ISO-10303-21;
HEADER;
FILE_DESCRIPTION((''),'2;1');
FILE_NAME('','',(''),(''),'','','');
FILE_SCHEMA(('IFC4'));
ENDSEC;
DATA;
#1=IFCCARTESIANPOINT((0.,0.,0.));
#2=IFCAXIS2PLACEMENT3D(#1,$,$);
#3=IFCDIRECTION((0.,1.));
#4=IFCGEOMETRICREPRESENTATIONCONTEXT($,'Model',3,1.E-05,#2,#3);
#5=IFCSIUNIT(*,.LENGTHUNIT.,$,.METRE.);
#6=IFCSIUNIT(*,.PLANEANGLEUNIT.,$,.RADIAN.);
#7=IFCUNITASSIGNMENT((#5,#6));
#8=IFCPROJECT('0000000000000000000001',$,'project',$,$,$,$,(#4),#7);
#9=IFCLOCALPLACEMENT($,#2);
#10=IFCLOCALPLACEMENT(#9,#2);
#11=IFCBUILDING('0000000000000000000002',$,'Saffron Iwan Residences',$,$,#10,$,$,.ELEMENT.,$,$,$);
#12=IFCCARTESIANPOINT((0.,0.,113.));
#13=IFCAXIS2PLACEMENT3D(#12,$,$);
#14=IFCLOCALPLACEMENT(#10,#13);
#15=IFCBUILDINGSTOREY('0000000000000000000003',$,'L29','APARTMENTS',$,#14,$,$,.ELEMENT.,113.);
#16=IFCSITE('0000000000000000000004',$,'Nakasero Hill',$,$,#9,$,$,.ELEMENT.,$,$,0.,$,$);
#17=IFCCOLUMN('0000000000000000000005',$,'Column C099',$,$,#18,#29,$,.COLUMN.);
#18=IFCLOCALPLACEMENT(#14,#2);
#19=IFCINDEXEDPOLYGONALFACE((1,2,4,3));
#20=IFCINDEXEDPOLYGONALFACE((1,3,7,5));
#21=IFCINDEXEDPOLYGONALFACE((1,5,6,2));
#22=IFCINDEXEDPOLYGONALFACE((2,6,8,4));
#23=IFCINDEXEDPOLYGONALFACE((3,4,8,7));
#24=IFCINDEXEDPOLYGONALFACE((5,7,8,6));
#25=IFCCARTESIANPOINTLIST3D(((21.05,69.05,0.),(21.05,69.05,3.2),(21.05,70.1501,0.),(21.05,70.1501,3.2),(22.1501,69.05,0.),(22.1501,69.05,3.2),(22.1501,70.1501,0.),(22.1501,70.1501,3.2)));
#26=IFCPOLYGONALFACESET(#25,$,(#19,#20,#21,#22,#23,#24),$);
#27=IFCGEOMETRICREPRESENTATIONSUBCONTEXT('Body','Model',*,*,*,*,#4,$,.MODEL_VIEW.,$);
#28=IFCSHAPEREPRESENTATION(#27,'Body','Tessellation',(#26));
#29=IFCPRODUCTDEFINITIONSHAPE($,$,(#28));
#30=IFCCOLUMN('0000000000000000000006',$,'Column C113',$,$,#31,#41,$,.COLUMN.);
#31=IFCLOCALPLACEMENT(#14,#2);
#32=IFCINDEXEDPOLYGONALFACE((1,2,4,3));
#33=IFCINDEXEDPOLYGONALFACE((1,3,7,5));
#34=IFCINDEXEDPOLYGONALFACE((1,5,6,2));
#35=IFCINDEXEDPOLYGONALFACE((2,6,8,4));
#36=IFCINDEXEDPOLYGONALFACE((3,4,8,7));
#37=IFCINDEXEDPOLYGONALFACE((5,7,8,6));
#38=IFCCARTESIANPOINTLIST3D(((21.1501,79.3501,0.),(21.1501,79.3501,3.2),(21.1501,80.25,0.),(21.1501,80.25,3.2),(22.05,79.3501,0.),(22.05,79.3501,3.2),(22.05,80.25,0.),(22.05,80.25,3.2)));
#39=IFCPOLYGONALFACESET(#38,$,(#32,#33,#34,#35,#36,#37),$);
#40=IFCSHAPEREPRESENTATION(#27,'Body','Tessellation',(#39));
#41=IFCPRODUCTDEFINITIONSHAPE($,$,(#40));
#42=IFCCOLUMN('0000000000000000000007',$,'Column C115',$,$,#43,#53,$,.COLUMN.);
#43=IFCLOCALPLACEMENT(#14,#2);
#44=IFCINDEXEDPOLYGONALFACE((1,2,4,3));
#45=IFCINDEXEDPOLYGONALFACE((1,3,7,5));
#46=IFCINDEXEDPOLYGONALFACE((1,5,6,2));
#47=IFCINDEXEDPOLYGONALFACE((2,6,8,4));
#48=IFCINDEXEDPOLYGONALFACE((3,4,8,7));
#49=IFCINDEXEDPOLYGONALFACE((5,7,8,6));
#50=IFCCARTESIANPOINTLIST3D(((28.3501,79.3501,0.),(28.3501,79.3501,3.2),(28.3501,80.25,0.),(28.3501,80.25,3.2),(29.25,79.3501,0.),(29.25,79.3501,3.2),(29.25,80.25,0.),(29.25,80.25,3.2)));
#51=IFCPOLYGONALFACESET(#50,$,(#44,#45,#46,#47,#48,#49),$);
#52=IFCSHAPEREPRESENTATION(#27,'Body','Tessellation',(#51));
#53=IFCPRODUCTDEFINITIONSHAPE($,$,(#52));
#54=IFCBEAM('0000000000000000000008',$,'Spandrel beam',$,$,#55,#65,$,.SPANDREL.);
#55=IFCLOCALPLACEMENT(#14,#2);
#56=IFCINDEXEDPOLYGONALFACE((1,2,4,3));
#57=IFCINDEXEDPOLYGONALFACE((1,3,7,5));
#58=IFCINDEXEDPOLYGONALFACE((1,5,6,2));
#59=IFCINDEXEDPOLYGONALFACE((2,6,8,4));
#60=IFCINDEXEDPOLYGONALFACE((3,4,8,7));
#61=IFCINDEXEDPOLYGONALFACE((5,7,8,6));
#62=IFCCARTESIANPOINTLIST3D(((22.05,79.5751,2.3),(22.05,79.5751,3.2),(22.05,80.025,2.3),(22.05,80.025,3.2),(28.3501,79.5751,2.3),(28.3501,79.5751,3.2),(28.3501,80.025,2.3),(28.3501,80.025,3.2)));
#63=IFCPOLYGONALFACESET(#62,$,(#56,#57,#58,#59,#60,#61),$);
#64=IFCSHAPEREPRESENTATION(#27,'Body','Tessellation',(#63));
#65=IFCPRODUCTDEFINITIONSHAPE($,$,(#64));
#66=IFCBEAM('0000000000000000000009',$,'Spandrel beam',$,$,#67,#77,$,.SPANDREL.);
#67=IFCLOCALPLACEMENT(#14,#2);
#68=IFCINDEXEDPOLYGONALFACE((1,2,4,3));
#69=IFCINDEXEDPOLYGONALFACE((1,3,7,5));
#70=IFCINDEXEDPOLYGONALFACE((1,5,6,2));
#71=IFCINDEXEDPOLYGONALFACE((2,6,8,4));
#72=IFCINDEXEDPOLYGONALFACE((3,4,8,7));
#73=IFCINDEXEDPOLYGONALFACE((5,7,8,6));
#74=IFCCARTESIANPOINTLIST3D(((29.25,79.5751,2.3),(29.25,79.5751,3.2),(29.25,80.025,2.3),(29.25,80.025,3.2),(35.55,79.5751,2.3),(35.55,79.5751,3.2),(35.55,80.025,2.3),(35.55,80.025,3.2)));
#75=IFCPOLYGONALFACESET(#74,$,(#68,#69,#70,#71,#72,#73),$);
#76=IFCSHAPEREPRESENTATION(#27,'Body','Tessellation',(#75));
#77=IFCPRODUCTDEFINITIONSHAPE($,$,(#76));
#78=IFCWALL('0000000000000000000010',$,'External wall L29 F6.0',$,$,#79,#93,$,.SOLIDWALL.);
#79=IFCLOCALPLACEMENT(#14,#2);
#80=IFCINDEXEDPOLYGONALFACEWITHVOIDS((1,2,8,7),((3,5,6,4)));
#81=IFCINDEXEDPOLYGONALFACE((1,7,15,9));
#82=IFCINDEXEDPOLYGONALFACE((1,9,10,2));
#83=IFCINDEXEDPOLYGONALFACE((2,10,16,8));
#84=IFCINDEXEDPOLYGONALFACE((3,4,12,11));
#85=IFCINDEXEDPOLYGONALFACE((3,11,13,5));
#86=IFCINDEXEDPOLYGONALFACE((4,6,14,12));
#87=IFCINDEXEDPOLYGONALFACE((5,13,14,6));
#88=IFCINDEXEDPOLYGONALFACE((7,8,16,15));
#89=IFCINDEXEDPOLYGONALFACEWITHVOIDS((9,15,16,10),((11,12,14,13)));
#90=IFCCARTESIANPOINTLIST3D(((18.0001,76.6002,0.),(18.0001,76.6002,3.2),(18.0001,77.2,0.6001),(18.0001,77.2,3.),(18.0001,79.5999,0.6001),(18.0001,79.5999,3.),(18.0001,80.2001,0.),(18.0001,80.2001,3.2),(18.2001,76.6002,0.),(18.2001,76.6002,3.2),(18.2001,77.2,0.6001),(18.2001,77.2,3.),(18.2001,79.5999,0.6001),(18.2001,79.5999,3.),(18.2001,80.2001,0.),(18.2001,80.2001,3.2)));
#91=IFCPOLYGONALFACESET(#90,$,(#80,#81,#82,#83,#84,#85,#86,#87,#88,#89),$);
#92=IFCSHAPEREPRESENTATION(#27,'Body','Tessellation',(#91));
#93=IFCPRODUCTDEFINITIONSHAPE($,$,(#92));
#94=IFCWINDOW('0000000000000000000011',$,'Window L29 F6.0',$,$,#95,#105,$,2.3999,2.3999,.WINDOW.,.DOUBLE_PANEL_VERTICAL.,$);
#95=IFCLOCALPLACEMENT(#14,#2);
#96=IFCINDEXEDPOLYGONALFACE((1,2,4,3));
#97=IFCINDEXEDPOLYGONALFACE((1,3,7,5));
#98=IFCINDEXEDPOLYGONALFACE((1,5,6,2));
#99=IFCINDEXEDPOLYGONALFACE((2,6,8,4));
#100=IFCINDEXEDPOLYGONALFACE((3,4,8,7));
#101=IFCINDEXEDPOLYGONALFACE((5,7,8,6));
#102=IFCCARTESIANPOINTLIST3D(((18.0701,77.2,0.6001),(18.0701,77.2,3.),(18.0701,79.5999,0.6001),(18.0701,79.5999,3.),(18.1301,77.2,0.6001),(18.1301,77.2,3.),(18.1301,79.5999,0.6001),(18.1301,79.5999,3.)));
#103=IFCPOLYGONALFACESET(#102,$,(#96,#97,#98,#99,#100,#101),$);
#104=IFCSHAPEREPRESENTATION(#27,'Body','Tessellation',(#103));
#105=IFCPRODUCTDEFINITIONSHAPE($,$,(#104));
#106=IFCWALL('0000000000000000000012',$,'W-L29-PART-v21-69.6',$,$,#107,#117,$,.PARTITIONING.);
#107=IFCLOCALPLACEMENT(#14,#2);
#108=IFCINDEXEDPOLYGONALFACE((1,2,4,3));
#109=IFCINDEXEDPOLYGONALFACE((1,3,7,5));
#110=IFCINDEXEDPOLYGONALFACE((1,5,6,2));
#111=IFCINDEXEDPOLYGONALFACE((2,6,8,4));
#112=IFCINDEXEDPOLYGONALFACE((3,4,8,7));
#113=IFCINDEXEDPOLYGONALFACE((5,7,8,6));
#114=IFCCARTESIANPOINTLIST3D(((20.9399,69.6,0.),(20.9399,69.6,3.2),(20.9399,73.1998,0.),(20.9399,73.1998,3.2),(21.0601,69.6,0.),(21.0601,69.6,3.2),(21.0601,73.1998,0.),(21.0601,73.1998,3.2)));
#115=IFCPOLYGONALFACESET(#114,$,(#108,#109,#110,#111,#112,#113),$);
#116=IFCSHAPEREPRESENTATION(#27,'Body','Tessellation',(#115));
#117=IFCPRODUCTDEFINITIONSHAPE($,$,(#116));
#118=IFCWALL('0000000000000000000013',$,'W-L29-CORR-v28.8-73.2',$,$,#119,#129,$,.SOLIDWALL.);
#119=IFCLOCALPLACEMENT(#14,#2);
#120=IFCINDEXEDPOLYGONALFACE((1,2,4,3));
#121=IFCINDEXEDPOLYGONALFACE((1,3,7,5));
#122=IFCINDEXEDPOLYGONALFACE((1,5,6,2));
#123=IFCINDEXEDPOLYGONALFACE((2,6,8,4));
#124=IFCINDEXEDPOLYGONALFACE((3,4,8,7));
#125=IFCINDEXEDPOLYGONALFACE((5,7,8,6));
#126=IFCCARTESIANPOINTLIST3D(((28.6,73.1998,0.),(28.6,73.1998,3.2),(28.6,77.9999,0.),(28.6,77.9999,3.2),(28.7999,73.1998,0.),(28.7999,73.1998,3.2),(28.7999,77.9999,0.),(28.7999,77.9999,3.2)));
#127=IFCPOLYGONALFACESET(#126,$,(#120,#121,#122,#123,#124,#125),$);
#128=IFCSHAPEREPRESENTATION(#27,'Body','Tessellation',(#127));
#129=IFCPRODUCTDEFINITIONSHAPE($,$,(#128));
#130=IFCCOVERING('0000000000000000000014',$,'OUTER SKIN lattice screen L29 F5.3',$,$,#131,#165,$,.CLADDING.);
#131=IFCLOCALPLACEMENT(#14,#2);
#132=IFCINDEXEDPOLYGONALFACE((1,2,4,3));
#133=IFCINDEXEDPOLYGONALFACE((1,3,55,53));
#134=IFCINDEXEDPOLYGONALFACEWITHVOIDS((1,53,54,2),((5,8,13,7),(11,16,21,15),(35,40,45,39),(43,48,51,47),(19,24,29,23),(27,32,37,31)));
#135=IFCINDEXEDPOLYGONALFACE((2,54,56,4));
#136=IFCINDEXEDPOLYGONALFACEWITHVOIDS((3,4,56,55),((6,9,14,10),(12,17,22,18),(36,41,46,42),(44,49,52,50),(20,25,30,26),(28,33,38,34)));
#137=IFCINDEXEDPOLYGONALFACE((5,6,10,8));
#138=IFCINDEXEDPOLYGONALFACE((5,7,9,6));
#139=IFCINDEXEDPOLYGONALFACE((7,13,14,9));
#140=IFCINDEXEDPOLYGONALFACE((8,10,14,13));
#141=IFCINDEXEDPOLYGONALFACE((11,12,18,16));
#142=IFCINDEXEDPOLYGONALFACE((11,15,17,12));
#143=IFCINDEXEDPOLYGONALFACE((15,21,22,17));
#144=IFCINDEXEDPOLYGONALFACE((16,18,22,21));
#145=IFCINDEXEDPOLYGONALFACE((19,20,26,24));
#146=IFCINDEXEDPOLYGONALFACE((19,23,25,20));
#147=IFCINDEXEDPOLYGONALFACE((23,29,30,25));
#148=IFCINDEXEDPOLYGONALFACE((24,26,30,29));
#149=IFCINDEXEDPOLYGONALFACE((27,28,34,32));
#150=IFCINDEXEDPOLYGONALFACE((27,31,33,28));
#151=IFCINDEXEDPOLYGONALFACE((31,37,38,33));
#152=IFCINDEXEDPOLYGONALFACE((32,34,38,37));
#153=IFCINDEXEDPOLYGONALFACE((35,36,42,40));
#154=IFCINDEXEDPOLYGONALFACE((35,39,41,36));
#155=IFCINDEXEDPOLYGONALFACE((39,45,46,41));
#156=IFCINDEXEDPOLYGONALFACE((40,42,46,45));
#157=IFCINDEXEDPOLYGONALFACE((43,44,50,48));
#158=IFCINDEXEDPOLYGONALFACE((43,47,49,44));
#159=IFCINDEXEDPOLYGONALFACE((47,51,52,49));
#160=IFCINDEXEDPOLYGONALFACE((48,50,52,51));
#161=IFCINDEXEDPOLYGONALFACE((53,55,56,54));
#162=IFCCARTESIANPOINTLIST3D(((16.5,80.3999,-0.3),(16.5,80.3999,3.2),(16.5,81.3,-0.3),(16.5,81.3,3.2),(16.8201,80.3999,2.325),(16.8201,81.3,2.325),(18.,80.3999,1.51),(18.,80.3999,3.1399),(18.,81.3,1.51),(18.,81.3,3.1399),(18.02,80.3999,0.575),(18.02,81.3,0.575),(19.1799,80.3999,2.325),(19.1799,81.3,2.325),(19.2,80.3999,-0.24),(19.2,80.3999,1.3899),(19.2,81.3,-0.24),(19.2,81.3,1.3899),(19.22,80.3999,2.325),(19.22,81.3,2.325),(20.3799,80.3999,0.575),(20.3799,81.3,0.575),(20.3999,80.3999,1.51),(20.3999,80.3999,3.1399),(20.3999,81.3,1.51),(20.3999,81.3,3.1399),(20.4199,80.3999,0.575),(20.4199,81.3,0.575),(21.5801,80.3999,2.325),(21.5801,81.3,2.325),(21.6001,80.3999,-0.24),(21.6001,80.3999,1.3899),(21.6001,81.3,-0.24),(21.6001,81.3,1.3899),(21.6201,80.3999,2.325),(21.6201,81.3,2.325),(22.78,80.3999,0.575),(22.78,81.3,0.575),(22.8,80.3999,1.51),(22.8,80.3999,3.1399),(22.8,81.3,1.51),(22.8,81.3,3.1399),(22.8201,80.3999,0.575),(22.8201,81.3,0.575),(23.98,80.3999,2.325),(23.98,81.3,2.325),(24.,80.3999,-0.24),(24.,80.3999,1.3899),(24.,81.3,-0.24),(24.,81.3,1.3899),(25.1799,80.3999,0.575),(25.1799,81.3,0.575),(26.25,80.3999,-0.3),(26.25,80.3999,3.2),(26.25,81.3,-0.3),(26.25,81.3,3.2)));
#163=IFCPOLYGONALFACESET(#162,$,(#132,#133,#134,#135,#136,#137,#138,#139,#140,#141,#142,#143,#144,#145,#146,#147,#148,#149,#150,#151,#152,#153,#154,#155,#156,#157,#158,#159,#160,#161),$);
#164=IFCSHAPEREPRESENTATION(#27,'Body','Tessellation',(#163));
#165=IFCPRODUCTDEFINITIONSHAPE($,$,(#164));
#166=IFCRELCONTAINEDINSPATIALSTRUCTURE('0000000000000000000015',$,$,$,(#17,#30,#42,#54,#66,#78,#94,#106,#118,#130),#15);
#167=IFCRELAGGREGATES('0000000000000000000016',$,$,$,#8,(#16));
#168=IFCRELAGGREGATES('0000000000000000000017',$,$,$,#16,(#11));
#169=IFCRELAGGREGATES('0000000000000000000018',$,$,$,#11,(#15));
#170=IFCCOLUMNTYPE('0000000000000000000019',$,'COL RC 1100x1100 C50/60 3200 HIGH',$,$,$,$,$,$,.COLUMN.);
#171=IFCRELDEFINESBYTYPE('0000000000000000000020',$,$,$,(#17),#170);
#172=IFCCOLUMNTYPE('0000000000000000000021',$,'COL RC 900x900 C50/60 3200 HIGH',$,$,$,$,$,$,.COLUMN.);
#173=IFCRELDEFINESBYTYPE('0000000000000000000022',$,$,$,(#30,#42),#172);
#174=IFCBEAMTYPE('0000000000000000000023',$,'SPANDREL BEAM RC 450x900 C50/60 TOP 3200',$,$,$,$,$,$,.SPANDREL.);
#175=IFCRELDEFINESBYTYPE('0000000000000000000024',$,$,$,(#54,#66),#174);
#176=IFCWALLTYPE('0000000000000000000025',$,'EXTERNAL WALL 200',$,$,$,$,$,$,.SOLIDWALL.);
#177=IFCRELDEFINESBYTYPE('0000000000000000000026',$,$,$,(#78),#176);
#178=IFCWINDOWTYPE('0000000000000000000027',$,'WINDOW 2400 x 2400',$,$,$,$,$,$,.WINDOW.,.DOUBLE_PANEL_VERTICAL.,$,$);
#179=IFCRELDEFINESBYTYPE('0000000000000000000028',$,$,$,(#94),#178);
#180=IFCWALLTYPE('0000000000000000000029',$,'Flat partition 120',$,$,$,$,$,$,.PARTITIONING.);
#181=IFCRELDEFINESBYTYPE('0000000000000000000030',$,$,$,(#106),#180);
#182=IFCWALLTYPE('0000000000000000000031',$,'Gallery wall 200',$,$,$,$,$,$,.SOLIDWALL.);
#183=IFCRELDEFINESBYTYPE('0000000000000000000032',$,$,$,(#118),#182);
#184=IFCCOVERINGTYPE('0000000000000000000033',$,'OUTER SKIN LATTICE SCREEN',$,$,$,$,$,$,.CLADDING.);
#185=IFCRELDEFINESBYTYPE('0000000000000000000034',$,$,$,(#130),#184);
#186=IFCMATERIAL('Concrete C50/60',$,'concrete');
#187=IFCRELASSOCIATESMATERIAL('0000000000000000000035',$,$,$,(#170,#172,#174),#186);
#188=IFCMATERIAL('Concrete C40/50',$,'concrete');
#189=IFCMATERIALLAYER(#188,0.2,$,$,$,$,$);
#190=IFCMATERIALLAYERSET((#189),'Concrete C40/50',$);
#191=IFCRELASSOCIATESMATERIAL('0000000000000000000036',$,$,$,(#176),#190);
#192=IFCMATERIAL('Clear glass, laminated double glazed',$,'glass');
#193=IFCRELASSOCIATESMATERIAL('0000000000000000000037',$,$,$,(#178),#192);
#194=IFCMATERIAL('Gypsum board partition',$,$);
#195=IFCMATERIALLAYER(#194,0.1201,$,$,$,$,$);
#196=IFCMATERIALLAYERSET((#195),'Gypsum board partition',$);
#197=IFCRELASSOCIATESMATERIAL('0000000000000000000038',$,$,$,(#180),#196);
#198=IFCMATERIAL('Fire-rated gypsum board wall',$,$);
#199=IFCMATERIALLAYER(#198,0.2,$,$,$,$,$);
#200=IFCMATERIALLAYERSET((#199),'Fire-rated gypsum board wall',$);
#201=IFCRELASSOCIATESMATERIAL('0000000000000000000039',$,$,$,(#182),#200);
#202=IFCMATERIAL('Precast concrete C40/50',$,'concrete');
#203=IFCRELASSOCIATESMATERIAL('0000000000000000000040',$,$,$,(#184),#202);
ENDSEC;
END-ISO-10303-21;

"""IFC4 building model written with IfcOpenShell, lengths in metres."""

from ifc_helpers import new_model, si_unit, direction, frame, frame_2d, origin, origin_2d, place, context, subcontext, project, spatial, polyline, rectangle, outline, extrude, source, transform, mapped, material, layer, layer_set, material_profile, profile_set, type_object, element, fill, save


model = new_model("IFC4")

# Units and contexts
model_context = context("Model", 3, precision=1e-05, world=origin(), true_north=direction((0.0, 1.0)))
body_context = subcontext(model_context, "Body", "Model", "MODEL_VIEW")
ifc_project = project(units=[si_unit("LENGTHUNIT", "METRE"), si_unit("PLANEANGLEUNIT", "RADIAN")], contexts=[model_context])

# Site, building, storey
site_placement = place(None, origin())
site = spatial("IfcSite", under=ifc_project, at=site_placement, Name="Nakasero Hill", CompositionType="ELEMENT", RefElevation=0.0)
building_placement = place(site_placement, origin())
building = spatial("IfcBuilding", under=site, at=building_placement, Name="Saffron Iwan Residences", CompositionType="ELEMENT")
storey_placement = place(building_placement, frame((0.0, 0.0, 113.0)))
storey = spatial("IfcBuildingStorey", under=building, at=storey_placement, Name="L29", Description="APARTMENTS", CompositionType="ELEMENT", Elevation=113.0)

# Columns
ifc_material_1 = material(Name="Concrete C50/60", Category="concrete")
ifc_material_profile_1 = material_profile(ifc_material_1, rectangle(XDim=1.1001, YDim=1.1001, at=origin_2d()), Name="RC 1100x1100")
ifc_profile_set_1 = profile_set([ifc_material_profile_1], Name="Concrete C50/60")
column_type_1 = type_object("IfcColumnType", Name="COL RC 1100x1100 C50/60 3200 HIGH", PredefinedType="COLUMN", material=ifc_profile_set_1)
shared_shape_1 = source(origin(), body_context, "Body", "SweptSolid", [
    extrude(rectangle(XDim=1.1001, YDim=1.1001, at=origin_2d()), origin(), (0.0, 0.0, 1.0), 3.2),
])
column_placement = place(storey_placement, frame((21.6001, 69.6001, 0.0), z_axis=(0.0, 0.0, 1.0), x_axis=(1.0, 0.0, 0.0)))
element("IfcColumn", 1, at=column_placement, inside=storey, type_object=column_type_1, Name="Column C099", PredefinedType="COLUMN", context=body_context, shape_type="MappedRepresentation", body=[
    mapped(shared_shape_1, transform((0.0, 0.0, 0.0))),
])
ifc_material_profile_2 = material_profile(ifc_material_1, rectangle(XDim=0.8999, YDim=0.8999, at=origin_2d()), Name="RC 900x900")
ifc_profile_set_2 = profile_set([ifc_material_profile_2], Name="Concrete C50/60")
column_type_2 = type_object("IfcColumnType", Name="COL RC 900x900 C50/60 3200 HIGH", PredefinedType="COLUMN", material=ifc_profile_set_2)
shared_shape_2 = source(origin(), body_context, "Body", "SweptSolid", [
    extrude(rectangle(XDim=0.8999, YDim=0.8999, at=origin_2d()), origin(), (0.0, 0.0, 1.0), 3.2),
])
for number, where, z_axis, x_axis, name in (
    (2, (21.6001, 79.8, 0.0), (0.0, 0.0, 1.0), (1.0, 0.0, 0.0), "Column C113"),
    (3, (28.8, 79.8, 0.0), (0.0, 0.0, 1.0), (1.0, 0.0, 0.0), "Column C115"),
):
    element("IfcColumn", number, at=place(storey_placement, frame(where, z_axis=z_axis, x_axis=x_axis)), inside=storey, type_object=column_type_2, Name=name, PredefinedType="COLUMN", context=body_context, shape_type="MappedRepresentation", body=[
        mapped(shared_shape_2, transform((0.0, 0.0, 0.0))),
    ])

# Beams
ifc_material_profile_3 = material_profile(ifc_material_1, rectangle(XDim=0.45, YDim=0.8999, at=origin_2d()), Name="RC 450x900")
ifc_profile_set_3 = profile_set([ifc_material_profile_3], Name="Concrete C50/60")
beam_type = type_object("IfcBeamType", Name="SPANDREL BEAM RC 450x900 C50/60 TOP 3200", PredefinedType="SPANDREL", material=ifc_profile_set_3)
shared_shape_3 = source(origin(), body_context, "Body", "SweptSolid", [
    extrude(rectangle(XDim=0.45, YDim=0.8999, at=origin_2d()), origin(), (0.0, 0.0, 1.0), 6.3),
])
for number, where, z_axis, x_axis, name in (
    (4, (22.05, 79.8, 2.75), (1.0, 0.0, 0.0), (0.0, 1.0, 0.0), "Spandrel beam"),
    (5, (29.25, 79.8, 2.75), (1.0, 0.0, 0.0), (0.0, 1.0, 0.0), "Spandrel beam"),
):
    element("IfcBeam", number, at=place(storey_placement, frame(where, z_axis=z_axis, x_axis=x_axis)), inside=storey, type_object=beam_type, Name=name, PredefinedType="SPANDREL", context=body_context, shape_type="MappedRepresentation", body=[
        mapped(shared_shape_3, transform((0.0, 0.0, 0.0))),
    ])

# Wall, opening, window
ifc_material_2 = material(Name="Concrete C40/50", Category="concrete")
ifc_layer_1 = layer(ifc_material_2, 0.2)
ifc_layer_set_1 = layer_set([ifc_layer_1], Name="Concrete C40/50")
wall_type_1 = type_object("IfcWallType", Name="EXTERNAL WALL 200", PredefinedType="SOLIDWALL", material=ifc_layer_set_1)
wall_1_placement = place(storey_placement, frame((18.1001, 80.2, 0.0), z_axis=(0.0, 0.0, 1.0), x_axis=(0.0, -1.0, 0.0)))
wall_1 = element("IfcWall", 6, at=wall_1_placement, inside=storey, type_object=wall_type_1, Name="External wall L29 F6.0", PredefinedType="SOLIDWALL", context=body_context, shape_type="SweptSolid", body=[
    extrude(rectangle(XDim=3.5999, YDim=0.2, at=frame_2d((1.7998, 0.0))), origin(), (0.0, 0.0, 1.0), 3.2),
])
opening_placement = place(wall_1_placement, frame((0.6001, 0.0, 0.6001)))
opening = element("IfcOpeningElement", 7, at=opening_placement, cuts=wall_1, PredefinedType="OPENING", context=body_context, shape_type="SweptSolid", body=[
    extrude(rectangle(XDim=2.3999, YDim=2.3999, at=frame_2d((1.2, 1.2))), frame((0.0, 0.1099, 0.0), z_axis=(0.0, -1.0, 0.0), x_axis=(1.0, 0.0, 0.0)), (0.0, 0.0, 1.0), 0.22),
])
ifc_material_3 = material(Name="Clear glass, laminated double glazed", Category="glass")
window_type = type_object("IfcWindowType", Name="WINDOW 2400 x 2400", PartitioningType="DOUBLE_PANEL_VERTICAL", PredefinedType="WINDOW", material=ifc_material_3)
window_placement = place(opening_placement, origin())
window = element("IfcWindow", 8, at=window_placement, inside=storey, type_object=window_type, Name="Window L29 F6.0", OverallHeight=2.3999, OverallWidth=2.3999, PartitioningType="DOUBLE_PANEL_VERTICAL", PredefinedType="WINDOW", context=body_context, shape_type="SweptSolid", body=[
    extrude(rectangle(XDim=2.3999, YDim=2.3999, at=frame_2d((1.2, 1.2))), frame((0.0, 0.03, 0.0), z_axis=(0.0, -1.0, 0.0), x_axis=(1.0, 0.0, 0.0)), (0.0, 0.0, 1.0), 0.0601),
])
fill(opening, window)

# Walls
ifc_material_4 = material(Name="Gypsum board partition")
ifc_layer_2 = layer(ifc_material_4, 0.1201)
ifc_layer_set_2 = layer_set([ifc_layer_2], Name="Gypsum board partition")
wall_type_2 = type_object("IfcWallType", Name="Flat partition 120", PredefinedType="PARTITIONING", material=ifc_layer_set_2)
wall_2_placement = place(storey_placement, frame((21.0, 69.6001, 0.0), z_axis=(0.0, 0.0, 1.0), x_axis=(0.0, 1.0, 0.0)))
element("IfcWall", 9, at=wall_2_placement, inside=storey, type_object=wall_type_2, Name="W-L29-PART-v21-69.6", PredefinedType="PARTITIONING", context=body_context, shape_type="SweptSolid", body=[
    extrude(rectangle(XDim=3.5999, YDim=0.1201, at=frame_2d((1.7998, 0.0))), origin(), (0.0, 0.0, 1.0), 3.2),
])
ifc_material_5 = material(Name="Fire-rated gypsum board wall")
ifc_layer_3 = layer(ifc_material_5, 0.2)
ifc_layer_set_3 = layer_set([ifc_layer_3], Name="Fire-rated gypsum board wall")
wall_type_3 = type_object("IfcWallType", Name="Gallery wall 200", PredefinedType="SOLIDWALL", material=ifc_layer_set_3)
wall_3_placement = place(storey_placement, frame((28.7, 73.2, 0.0), z_axis=(0.0, 0.0, 1.0), x_axis=(0.0, 1.0, 0.0)))
element("IfcWall", 10, at=wall_3_placement, inside=storey, type_object=wall_type_3, Name="W-L29-CORR-v28.8-73.2", PredefinedType="SOLIDWALL", context=body_context, shape_type="SweptSolid", body=[
    extrude(rectangle(XDim=4.8, YDim=0.2, at=frame_2d((2.3999, 0.0))), origin(), (0.0, 0.0, 1.0), 3.2),
])

# Covering
ifc_material_6 = material(Name="Precast concrete C40/50", Category="concrete")
covering_type_1 = type_object("IfcCoveringType", Name="OUTER SKIN LATTICE SCREEN", PredefinedType="CLADDING", material=ifc_material_6)
covering_1_placement = place(storey_placement, frame((26.25, 80.3999, -0.3), z_axis=(0.0, 1.0, 0.0), x_axis=(-1.0, 0.0, 0.0)))
element("IfcCovering", 11, at=covering_1_placement, inside=storey, type_object=covering_type_1, Name="OUTER SKIN lattice screen L29 F5.3", PredefinedType="CLADDING", context=body_context, shape_type="SweptSolid", body=[
    extrude(outline(polyline([(0.0, 0.0), (9.75, 0.0), (9.75, 3.5), (0.0, 3.5), (0.0, 0.0)]), holes=[polyline([(1.0701, 0.875), (2.25, 0.0601), (3.4299, 0.875), (2.25, 1.6899), (1.0701, 0.875)]), polyline([(3.47, 0.875), (4.6499, 0.0601), (5.8301, 0.875), (4.6499, 1.6899), (3.47, 0.875)]), polyline([(5.8701, 0.875), (7.05, 0.0601), (8.23, 0.875), (7.05, 1.6899), (5.8701, 0.875)]), polyline([(2.27, 2.625), (3.45, 1.8101), (4.6299, 2.625), (3.45, 3.4399), (2.27, 2.625)]), polyline([(4.6699, 2.625), (5.8501, 1.8101), (7.03, 2.625), (5.8501, 3.4399), (4.6699, 2.625)]), polyline([(7.0701, 2.625), (8.25, 1.8101), (9.4299, 2.625), (8.25, 3.4399), (7.0701, 2.625)])]), origin(), (0.0, 0.0, 1.0), 0.9001),
])

save(model, "model.ifc")
